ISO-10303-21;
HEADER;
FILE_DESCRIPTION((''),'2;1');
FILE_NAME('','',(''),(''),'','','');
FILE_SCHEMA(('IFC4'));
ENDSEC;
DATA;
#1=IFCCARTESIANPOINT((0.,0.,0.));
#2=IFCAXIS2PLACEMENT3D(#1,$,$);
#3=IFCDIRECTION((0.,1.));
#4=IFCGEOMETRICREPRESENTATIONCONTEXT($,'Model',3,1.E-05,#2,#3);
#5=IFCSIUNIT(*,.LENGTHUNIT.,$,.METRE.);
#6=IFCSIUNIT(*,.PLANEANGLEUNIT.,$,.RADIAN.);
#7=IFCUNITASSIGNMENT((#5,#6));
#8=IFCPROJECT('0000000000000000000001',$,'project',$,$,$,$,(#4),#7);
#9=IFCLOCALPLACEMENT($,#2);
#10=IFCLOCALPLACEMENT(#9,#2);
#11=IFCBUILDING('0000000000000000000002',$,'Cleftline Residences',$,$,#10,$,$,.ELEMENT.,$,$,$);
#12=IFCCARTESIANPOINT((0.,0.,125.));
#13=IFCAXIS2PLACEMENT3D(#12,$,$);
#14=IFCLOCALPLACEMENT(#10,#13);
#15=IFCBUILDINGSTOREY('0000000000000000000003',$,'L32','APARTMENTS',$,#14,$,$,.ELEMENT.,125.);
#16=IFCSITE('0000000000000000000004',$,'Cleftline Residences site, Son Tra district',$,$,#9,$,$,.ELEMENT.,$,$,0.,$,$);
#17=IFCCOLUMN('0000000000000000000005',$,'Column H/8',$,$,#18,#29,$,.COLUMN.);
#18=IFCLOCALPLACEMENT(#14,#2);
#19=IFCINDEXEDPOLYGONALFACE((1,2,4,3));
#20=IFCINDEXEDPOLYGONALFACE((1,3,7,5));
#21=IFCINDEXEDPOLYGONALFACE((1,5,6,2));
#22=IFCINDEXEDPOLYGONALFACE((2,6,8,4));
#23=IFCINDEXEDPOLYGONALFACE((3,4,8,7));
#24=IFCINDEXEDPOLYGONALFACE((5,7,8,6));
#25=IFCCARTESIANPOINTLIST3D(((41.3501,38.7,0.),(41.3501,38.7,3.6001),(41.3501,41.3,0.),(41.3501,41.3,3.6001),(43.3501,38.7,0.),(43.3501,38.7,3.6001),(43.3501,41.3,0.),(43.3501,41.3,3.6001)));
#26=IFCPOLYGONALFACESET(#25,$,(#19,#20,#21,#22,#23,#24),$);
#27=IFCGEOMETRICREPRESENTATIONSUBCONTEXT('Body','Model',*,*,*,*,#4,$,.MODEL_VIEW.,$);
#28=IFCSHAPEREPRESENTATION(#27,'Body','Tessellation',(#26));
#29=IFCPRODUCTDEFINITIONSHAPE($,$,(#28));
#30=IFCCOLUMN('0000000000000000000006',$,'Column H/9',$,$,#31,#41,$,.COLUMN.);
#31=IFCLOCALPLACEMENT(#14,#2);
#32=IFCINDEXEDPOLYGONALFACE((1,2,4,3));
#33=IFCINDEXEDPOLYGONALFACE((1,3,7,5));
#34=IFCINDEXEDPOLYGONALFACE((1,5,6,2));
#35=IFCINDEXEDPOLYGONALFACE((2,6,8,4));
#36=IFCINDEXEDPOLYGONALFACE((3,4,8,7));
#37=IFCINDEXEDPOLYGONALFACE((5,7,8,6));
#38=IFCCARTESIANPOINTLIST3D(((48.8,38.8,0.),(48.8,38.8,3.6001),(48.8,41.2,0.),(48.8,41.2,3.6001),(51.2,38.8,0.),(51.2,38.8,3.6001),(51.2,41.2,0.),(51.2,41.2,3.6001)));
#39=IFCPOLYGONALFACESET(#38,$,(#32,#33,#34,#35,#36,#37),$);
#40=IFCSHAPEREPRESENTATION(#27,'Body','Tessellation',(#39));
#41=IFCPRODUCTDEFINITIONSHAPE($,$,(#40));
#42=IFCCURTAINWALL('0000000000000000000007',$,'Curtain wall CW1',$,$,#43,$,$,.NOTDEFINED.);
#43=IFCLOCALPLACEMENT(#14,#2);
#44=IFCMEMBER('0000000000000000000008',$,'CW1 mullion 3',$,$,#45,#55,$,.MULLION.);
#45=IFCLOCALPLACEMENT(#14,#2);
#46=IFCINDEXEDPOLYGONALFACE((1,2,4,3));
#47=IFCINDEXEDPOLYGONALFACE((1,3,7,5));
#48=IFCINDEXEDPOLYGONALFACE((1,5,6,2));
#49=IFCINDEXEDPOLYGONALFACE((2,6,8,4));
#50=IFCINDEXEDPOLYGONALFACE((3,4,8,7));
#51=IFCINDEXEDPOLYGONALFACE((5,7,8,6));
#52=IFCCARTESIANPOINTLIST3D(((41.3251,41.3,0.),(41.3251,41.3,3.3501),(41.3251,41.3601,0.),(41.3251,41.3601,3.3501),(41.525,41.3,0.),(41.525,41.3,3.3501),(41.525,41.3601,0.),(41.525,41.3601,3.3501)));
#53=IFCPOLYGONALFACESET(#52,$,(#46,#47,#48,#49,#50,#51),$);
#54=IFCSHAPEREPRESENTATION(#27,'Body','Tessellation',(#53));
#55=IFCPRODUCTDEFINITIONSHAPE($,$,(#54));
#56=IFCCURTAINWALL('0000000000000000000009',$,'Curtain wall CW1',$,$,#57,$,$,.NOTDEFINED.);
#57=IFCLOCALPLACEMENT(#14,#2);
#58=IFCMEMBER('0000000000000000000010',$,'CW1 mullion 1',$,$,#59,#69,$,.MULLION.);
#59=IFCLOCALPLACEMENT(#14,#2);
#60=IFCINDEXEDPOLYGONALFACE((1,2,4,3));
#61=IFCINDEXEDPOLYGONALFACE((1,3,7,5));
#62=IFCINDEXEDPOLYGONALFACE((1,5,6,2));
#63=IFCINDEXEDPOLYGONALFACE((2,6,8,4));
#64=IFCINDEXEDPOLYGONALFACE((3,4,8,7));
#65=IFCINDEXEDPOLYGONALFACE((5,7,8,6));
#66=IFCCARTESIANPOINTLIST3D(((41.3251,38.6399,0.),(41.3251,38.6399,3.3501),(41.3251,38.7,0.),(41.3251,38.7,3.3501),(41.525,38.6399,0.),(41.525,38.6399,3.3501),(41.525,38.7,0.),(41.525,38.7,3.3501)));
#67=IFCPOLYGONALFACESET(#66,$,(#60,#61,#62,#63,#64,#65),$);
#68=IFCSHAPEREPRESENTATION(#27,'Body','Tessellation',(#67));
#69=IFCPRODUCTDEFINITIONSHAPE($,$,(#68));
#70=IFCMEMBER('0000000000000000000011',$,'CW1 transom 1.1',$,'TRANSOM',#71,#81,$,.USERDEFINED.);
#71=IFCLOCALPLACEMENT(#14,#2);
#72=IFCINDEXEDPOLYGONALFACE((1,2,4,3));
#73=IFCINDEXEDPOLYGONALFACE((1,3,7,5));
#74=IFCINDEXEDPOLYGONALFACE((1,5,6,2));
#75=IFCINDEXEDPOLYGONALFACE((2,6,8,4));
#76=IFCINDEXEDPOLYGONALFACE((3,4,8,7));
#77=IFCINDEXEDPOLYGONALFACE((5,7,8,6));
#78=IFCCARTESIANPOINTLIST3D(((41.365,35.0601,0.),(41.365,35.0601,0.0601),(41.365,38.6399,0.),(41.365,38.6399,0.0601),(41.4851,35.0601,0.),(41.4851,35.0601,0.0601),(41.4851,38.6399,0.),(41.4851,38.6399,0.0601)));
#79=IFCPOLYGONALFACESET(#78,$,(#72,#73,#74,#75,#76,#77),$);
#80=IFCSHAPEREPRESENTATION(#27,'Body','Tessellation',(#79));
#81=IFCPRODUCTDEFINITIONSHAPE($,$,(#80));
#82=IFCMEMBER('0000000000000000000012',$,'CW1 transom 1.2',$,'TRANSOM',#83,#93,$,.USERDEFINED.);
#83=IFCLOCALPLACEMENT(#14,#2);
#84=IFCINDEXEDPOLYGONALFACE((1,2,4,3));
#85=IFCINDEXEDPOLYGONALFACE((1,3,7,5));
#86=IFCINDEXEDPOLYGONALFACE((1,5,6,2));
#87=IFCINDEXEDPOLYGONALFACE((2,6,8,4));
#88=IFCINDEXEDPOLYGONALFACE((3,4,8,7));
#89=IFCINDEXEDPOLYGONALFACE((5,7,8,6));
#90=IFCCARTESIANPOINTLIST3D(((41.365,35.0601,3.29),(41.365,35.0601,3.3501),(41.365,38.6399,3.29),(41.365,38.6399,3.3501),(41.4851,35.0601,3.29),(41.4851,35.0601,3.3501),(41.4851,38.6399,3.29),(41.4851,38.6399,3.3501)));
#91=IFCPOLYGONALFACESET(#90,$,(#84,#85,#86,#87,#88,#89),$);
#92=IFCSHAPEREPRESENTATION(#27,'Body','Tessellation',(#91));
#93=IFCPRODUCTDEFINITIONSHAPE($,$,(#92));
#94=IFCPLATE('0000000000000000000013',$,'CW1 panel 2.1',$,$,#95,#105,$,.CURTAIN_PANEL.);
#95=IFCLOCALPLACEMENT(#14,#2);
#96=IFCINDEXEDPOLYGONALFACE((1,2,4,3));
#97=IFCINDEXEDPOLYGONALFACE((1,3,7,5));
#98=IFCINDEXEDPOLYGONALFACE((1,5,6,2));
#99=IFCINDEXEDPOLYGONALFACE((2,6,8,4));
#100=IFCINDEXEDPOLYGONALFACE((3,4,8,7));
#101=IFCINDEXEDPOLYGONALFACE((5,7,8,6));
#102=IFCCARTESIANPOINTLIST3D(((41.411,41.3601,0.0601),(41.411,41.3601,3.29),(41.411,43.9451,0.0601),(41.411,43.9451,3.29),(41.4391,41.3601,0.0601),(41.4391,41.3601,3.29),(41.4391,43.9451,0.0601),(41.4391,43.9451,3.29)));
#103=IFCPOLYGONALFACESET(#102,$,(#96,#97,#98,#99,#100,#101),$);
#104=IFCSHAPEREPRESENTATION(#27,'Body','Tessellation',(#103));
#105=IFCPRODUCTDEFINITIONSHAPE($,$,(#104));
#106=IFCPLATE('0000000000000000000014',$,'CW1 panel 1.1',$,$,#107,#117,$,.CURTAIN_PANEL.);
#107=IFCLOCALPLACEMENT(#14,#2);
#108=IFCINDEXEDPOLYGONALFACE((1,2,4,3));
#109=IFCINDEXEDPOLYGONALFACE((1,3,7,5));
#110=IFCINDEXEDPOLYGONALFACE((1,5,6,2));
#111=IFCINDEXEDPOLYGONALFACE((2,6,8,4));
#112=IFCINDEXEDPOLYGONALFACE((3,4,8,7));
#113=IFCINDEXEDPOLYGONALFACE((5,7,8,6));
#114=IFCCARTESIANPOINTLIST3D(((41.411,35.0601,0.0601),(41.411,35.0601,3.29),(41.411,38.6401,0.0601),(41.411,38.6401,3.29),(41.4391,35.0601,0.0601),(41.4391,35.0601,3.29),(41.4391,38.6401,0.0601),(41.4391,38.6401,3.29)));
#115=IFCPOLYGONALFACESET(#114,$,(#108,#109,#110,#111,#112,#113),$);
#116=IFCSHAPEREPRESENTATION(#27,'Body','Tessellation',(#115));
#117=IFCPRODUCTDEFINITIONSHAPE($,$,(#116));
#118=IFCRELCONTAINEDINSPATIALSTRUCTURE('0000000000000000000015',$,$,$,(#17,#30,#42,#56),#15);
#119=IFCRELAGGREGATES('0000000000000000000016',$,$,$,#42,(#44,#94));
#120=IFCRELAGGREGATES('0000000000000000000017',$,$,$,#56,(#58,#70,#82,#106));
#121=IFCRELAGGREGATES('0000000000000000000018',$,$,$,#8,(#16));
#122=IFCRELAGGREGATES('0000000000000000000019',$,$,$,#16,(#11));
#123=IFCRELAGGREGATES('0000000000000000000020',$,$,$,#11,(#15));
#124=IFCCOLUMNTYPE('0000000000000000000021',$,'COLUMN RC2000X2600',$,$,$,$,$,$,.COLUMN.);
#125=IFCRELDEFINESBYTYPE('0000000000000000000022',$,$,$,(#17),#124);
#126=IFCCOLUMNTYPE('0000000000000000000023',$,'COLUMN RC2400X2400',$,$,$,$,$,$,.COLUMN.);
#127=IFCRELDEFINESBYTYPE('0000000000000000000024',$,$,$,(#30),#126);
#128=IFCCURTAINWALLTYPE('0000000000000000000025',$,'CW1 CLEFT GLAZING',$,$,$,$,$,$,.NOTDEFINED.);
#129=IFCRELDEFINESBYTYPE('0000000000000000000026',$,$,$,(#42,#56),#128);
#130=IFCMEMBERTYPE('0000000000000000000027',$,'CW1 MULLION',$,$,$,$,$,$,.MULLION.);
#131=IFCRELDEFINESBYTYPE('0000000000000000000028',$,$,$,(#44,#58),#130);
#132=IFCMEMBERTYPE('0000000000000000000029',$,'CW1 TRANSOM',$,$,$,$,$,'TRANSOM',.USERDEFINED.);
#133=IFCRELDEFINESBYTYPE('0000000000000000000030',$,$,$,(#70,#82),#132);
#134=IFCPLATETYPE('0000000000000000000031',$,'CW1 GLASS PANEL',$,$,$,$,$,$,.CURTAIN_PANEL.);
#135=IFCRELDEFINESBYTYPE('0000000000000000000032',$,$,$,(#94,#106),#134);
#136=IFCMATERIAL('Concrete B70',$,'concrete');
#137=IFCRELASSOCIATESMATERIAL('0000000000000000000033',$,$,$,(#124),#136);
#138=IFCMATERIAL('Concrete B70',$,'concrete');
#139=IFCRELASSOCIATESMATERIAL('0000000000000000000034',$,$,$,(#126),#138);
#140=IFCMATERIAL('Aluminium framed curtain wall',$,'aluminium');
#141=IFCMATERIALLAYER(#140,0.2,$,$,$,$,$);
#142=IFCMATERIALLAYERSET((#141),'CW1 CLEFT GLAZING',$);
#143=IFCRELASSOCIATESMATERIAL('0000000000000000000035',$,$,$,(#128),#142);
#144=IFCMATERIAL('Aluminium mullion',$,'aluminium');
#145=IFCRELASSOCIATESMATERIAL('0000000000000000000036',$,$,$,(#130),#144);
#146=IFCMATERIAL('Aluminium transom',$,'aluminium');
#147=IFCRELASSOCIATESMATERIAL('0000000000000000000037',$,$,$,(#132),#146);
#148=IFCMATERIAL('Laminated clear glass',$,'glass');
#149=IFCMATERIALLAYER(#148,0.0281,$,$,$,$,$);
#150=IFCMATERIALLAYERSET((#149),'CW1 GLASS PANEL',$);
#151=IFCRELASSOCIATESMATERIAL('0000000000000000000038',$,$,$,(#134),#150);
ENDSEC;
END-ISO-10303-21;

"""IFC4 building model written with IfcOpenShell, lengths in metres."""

from ifc_helpers import new_model, si_unit, direction, frame, origin, origin_2d, place, context, subcontext, project, spatial, rectangle, extrude, material, layer, layer_set, material_profile, profile_set, type_object, element, aggregate, save


model = new_model("IFC4")

# Units and contexts
model_context = context("Model", 3, precision=1e-05, world=origin(), true_north=direction((0.0, 1.0)))
body_context = subcontext(model_context, "Body", "Model", "MODEL_VIEW")
ifc_project = project(units=[si_unit("LENGTHUNIT", "METRE"), si_unit("PLANEANGLEUNIT", "RADIAN")], contexts=[model_context])

# Site, building, storey
site_placement = place(None, origin())
site = spatial("IfcSite", under=ifc_project, at=site_placement, Name="Cleftline Residences site, Son Tra district", CompositionType="ELEMENT", RefElevation=0.0)
building_placement = place(site_placement, origin())
building = spatial("IfcBuilding", under=site, at=building_placement, Name="Cleftline Residences", CompositionType="ELEMENT")
storey_placement = place(building_placement, frame((0.0, 0.0, 125.0)))
storey = spatial("IfcBuildingStorey", under=building, at=storey_placement, Name="L32", Description="APARTMENTS", CompositionType="ELEMENT", Elevation=125.0)

# Columns
ifc_material_1 = material(Name="Concrete B70", Category="concrete")
ifc_material_profile_1 = material_profile(ifc_material_1, rectangle(XDim=2.0, YDim=2.6001, at=origin_2d()))
ifc_profile_set_1 = profile_set([ifc_material_profile_1], Name="Concrete B70")
column_type_1 = type_object("IfcColumnType", Name="COLUMN RC2000X2600", PredefinedType="COLUMN", material=ifc_profile_set_1)
column_1_placement = place(storey_placement, frame((42.3501, 40.0, 0.0), z_axis=(0.0, 0.0, 1.0), x_axis=(1.0, 0.0, 0.0)))
element("IfcColumn", 1, at=column_1_placement, inside=storey, type_object=column_type_1, Name="Column H/8", PredefinedType="COLUMN", context=body_context, shape_type="SweptSolid", body=[
    extrude(rectangle(XDim=2.0, YDim=2.6001, at=origin_2d()), origin(), (0.0, 0.0, 1.0), 3.6001),
])
ifc_material_2 = material(Name="Concrete B70", Category="concrete")
ifc_material_profile_2 = material_profile(ifc_material_2, rectangle(XDim=2.3999, YDim=2.3999, at=origin_2d()))
ifc_profile_set_2 = profile_set([ifc_material_profile_2], Name="Concrete B70")
column_type_2 = type_object("IfcColumnType", Name="COLUMN RC2400X2400", PredefinedType="COLUMN", material=ifc_profile_set_2)
column_2_placement = place(storey_placement, frame((50.0, 40.0, 0.0), z_axis=(0.0, 0.0, 1.0), x_axis=(1.0, 0.0, 0.0)))
element("IfcColumn", 2, at=column_2_placement, inside=storey, type_object=column_type_2, Name="Column H/9", PredefinedType="COLUMN", context=body_context, shape_type="SweptSolid", body=[
    extrude(rectangle(XDim=2.3999, YDim=2.3999, at=origin_2d()), origin(), (0.0, 0.0, 1.0), 3.6001),
])

# Curtain wall, member
ifc_material_3 = material(Name="Aluminium framed curtain wall", Category="aluminium")
ifc_layer_1 = layer(ifc_material_3, 0.2)
ifc_layer_set_1 = layer_set([ifc_layer_1], Name="CW1 CLEFT GLAZING")
curtain_wall_type = type_object("IfcCurtainWallType", Name="CW1 CLEFT GLAZING", PredefinedType="NOTDEFINED", material=ifc_layer_set_1)
curtain_wall_1_placement = place(storey_placement, origin())
curtain_wall_1 = element("IfcCurtainWall", 3, at=curtain_wall_1_placement, inside=storey, type_object=curtain_wall_type, Name="Curtain wall CW1", PredefinedType="NOTDEFINED")
ifc_material_4 = material(Name="Aluminium mullion", Category="aluminium")
ifc_material_profile_3 = material_profile(ifc_material_4, rectangle(XDim=0.2, YDim=0.0601, at=origin_2d()))
ifc_profile_set_3 = profile_set([ifc_material_profile_3], Name="Aluminium mullion")
member_type_1 = type_object("IfcMemberType", Name="CW1 MULLION", PredefinedType="MULLION", material=ifc_profile_set_3)
member_1_placement = place(storey_placement, frame((41.425, 41.3301, 0.0), z_axis=(0.0, 0.0, 1.0), x_axis=(1.0, 0.0, 0.0)))
member_1 = element("IfcMember", 4, at=member_1_placement, type_object=member_type_1, Name="CW1 mullion 3", PredefinedType="MULLION", context=body_context, shape_type="SweptSolid", body=[
    extrude(rectangle(XDim=0.2, YDim=0.0601, at=origin_2d()), origin(), (0.0, 0.0, 1.0), 3.3501),
])

# Curtain wall, members
curtain_wall_2_placement = place(storey_placement, origin())
curtain_wall_2 = element("IfcCurtainWall", 5, at=curtain_wall_2_placement, inside=storey, type_object=curtain_wall_type, Name="Curtain wall CW1", PredefinedType="NOTDEFINED")
member_2_placement = place(storey_placement, frame((41.425, 38.6699, 0.0), z_axis=(0.0, 0.0, 1.0), x_axis=(1.0, 0.0, 0.0)))
member_2 = element("IfcMember", 6, at=member_2_placement, type_object=member_type_1, Name="CW1 mullion 1", PredefinedType="MULLION", context=body_context, shape_type="SweptSolid", body=[
    extrude(rectangle(XDim=0.2, YDim=0.0601, at=origin_2d()), origin(), (0.0, 0.0, 1.0), 3.3501),
])
ifc_material_5 = material(Name="Aluminium transom", Category="aluminium")
ifc_material_profile_4 = material_profile(ifc_material_5, rectangle(XDim=0.1201, YDim=0.0601, at=origin_2d()))
ifc_profile_set_4 = profile_set([ifc_material_profile_4], Name="Aluminium transom")
member_type_2 = type_object("IfcMemberType", Name="CW1 TRANSOM", ElementType="TRANSOM", PredefinedType="USERDEFINED", material=ifc_profile_set_4)
member_3_placement = place(storey_placement, frame((41.425, 38.6399, 0.03), z_axis=(0.0, -1.0, 0.0), x_axis=(1.0, 0.0, 0.0)))
member_3 = element("IfcMember", 7, at=member_3_placement, type_object=member_type_2, Name="CW1 transom 1.1", ObjectType="TRANSOM", PredefinedType="USERDEFINED", context=body_context, shape_type="SweptSolid", body=[
    extrude(rectangle(XDim=0.1201, YDim=0.0601, at=origin_2d()), origin(), (0.0, 0.0, 1.0), 3.5798),
])
member_4_placement = place(storey_placement, frame((41.425, 38.6399, 3.3201), z_axis=(0.0, -1.0, 0.0), x_axis=(1.0, 0.0, 0.0)))
member_4 = element("IfcMember", 8, at=member_4_placement, type_object=member_type_2, Name="CW1 transom 1.2", ObjectType="TRANSOM", PredefinedType="USERDEFINED", context=body_context, shape_type="SweptSolid", body=[
    extrude(rectangle(XDim=0.1201, YDim=0.0601, at=origin_2d()), origin(), (0.0, 0.0, 1.0), 3.5798),
])

# Plates
ifc_material_6 = material(Name="Laminated clear glass", Category="glass")
ifc_layer_2 = layer(ifc_material_6, 0.0281)
ifc_layer_set_2 = layer_set([ifc_layer_2], Name="CW1 GLASS PANEL")
plate_type = type_object("IfcPlateType", Name="CW1 GLASS PANEL", PredefinedType="CURTAIN_PANEL", material=ifc_layer_set_2)
plate_1_placement = place(storey_placement, frame((41.425, 42.6526, 0.0601), z_axis=(0.0, 0.0, 1.0), x_axis=(0.0, -1.0, 0.0)))
plate_1 = element("IfcPlate", 9, at=plate_1_placement, type_object=plate_type, Name="CW1 panel 2.1", PredefinedType="CURTAIN_PANEL", context=body_context, shape_type="SweptSolid", body=[
    extrude(rectangle(XDim=2.585, YDim=0.0281, at=origin_2d()), origin(), (0.0, 0.0, 1.0), 3.23),
])
aggregate(curtain_wall_1, [member_1, plate_1])
plate_2_placement = place(storey_placement, frame((41.425, 36.8501, 0.0601), z_axis=(0.0, 0.0, 1.0), x_axis=(0.0, -1.0, 0.0)))
plate_2 = element("IfcPlate", 10, at=plate_2_placement, type_object=plate_type, Name="CW1 panel 1.1", PredefinedType="CURTAIN_PANEL", context=body_context, shape_type="SweptSolid", body=[
    extrude(rectangle(XDim=3.5801, YDim=0.0281, at=origin_2d()), origin(), (0.0, 0.0, 1.0), 3.23),
])
aggregate(curtain_wall_2, [member_2, member_3, member_4, plate_2])

save(model, "model.ifc")
